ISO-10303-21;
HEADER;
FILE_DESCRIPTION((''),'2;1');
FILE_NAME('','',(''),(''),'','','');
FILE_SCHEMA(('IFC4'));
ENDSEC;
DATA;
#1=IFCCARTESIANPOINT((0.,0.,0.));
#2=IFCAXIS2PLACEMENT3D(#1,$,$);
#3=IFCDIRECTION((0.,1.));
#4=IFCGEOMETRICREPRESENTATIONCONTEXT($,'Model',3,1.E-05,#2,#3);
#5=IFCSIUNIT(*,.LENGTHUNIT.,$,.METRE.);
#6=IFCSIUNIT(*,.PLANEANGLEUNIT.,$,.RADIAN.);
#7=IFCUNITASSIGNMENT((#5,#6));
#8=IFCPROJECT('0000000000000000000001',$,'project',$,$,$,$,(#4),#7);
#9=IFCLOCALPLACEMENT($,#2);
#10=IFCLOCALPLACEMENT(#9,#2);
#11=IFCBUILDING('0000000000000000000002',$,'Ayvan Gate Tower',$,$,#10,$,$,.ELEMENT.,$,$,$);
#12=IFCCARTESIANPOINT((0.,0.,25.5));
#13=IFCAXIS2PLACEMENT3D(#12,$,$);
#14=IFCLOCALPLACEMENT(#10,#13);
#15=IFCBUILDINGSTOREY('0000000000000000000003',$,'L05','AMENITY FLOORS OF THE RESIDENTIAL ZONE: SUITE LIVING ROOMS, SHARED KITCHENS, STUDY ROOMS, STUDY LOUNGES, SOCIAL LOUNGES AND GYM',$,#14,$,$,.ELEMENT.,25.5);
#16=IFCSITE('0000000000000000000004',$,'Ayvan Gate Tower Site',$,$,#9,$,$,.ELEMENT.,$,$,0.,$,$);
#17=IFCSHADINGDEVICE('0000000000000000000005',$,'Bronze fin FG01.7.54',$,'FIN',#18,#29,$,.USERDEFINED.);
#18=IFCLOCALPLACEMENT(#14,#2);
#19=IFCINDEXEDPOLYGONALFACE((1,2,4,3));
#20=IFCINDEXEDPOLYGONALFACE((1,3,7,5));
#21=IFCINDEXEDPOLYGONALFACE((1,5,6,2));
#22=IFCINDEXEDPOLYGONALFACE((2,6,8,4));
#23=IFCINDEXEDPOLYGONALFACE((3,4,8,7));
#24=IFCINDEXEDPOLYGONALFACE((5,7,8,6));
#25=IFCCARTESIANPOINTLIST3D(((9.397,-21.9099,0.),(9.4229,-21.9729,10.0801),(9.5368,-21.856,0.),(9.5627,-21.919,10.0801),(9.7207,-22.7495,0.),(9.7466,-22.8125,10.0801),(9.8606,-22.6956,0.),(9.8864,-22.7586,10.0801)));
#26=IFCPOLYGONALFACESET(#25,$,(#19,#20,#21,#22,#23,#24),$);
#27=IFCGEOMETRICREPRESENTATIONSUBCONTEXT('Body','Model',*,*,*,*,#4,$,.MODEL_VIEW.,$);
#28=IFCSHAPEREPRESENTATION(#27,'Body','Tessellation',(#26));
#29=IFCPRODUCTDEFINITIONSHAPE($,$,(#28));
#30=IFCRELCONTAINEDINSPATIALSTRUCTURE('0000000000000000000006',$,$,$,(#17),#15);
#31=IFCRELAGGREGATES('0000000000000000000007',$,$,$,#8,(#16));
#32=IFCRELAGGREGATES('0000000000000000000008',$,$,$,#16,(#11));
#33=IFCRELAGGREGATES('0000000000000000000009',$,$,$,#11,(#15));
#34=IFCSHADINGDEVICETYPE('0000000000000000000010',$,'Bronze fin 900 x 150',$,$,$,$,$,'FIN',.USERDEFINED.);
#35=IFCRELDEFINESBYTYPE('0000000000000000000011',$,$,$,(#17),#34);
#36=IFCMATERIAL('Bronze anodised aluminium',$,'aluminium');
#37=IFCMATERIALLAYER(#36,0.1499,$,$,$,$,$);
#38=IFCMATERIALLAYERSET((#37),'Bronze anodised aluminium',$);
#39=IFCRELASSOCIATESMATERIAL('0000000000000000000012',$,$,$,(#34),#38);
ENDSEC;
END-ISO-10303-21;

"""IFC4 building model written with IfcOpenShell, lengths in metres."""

from ifc_helpers import new_model, si_unit, direction, frame, origin, place, context, subcontext, project, spatial, polyline, outline, extrude, material, layer, layer_set, type_object, element, save


model = new_model("IFC4")

# Units and contexts
model_context = context("Model", 3, precision=1e-05, world=origin(), true_north=direction((0.0, 1.0)))
body_context = subcontext(model_context, "Body", "Model", "MODEL_VIEW")
ifc_project = project(units=[si_unit("LENGTHUNIT", "METRE"), si_unit("PLANEANGLEUNIT", "RADIAN")], contexts=[model_context])

# Site, building, storey
site_placement = place(None, origin())
site = spatial("IfcSite", under=ifc_project, at=site_placement, Name="Ayvan Gate Tower Site", CompositionType="ELEMENT", RefElevation=0.0)
building_placement = place(site_placement, origin())
building = spatial("IfcBuilding", under=site, at=building_placement, Name="Ayvan Gate Tower", CompositionType="ELEMENT")
storey_placement = place(building_placement, frame((0.0, 0.0, 25.5)))
storey = spatial("IfcBuildingStorey", under=building, at=storey_placement, Name="L05", Description="AMENITY FLOORS OF THE RESIDENTIAL ZONE: SUITE LIVING ROOMS, SHARED KITCHENS, STUDY ROOMS, STUDY LOUNGES, SOCIAL LOUNGES AND GYM", CompositionType="ELEMENT", Elevation=25.5)

# Shared definitions
ifc_material_1 = material(Name="Bronze anodised aluminium", Category="aluminium")

# Shading device
ifc_layer_1 = layer(ifc_material_1, 0.1499)
ifc_layer_set_1 = layer_set([ifc_layer_1], Name="Bronze anodised aluminium")
shading_device_type = type_object("IfcShadingDeviceType", Name="Bronze fin 900 x 150", ElementType="FIN", PredefinedType="USERDEFINED", material=ifc_layer_set_1)
shading_device_1_placement = place(storey_placement, frame((9.397, -21.9099, 0.0), z_axis=(-0.933045, -0.359761, 0.000147), x_axis=(0.359761, -0.933045, 0.0)))
element("IfcShadingDevice", 1, at=shading_device_1_placement, inside=storey, type_object=shading_device_type, Name="Bronze fin FG01.7.54", ObjectType="FIN", PredefinedType="USERDEFINED", context=body_context, shape_type="SweptSolid", body=[
    extrude(outline(polyline([(0.0, 0.0), (0.8998, 0.0), (0.9679, 10.0801), (0.0681, 10.0801), (0.0, 0.0)])), origin(), (0.0, 0.0, -1.0), 0.1499),
])

save(model, "model.ifc")
